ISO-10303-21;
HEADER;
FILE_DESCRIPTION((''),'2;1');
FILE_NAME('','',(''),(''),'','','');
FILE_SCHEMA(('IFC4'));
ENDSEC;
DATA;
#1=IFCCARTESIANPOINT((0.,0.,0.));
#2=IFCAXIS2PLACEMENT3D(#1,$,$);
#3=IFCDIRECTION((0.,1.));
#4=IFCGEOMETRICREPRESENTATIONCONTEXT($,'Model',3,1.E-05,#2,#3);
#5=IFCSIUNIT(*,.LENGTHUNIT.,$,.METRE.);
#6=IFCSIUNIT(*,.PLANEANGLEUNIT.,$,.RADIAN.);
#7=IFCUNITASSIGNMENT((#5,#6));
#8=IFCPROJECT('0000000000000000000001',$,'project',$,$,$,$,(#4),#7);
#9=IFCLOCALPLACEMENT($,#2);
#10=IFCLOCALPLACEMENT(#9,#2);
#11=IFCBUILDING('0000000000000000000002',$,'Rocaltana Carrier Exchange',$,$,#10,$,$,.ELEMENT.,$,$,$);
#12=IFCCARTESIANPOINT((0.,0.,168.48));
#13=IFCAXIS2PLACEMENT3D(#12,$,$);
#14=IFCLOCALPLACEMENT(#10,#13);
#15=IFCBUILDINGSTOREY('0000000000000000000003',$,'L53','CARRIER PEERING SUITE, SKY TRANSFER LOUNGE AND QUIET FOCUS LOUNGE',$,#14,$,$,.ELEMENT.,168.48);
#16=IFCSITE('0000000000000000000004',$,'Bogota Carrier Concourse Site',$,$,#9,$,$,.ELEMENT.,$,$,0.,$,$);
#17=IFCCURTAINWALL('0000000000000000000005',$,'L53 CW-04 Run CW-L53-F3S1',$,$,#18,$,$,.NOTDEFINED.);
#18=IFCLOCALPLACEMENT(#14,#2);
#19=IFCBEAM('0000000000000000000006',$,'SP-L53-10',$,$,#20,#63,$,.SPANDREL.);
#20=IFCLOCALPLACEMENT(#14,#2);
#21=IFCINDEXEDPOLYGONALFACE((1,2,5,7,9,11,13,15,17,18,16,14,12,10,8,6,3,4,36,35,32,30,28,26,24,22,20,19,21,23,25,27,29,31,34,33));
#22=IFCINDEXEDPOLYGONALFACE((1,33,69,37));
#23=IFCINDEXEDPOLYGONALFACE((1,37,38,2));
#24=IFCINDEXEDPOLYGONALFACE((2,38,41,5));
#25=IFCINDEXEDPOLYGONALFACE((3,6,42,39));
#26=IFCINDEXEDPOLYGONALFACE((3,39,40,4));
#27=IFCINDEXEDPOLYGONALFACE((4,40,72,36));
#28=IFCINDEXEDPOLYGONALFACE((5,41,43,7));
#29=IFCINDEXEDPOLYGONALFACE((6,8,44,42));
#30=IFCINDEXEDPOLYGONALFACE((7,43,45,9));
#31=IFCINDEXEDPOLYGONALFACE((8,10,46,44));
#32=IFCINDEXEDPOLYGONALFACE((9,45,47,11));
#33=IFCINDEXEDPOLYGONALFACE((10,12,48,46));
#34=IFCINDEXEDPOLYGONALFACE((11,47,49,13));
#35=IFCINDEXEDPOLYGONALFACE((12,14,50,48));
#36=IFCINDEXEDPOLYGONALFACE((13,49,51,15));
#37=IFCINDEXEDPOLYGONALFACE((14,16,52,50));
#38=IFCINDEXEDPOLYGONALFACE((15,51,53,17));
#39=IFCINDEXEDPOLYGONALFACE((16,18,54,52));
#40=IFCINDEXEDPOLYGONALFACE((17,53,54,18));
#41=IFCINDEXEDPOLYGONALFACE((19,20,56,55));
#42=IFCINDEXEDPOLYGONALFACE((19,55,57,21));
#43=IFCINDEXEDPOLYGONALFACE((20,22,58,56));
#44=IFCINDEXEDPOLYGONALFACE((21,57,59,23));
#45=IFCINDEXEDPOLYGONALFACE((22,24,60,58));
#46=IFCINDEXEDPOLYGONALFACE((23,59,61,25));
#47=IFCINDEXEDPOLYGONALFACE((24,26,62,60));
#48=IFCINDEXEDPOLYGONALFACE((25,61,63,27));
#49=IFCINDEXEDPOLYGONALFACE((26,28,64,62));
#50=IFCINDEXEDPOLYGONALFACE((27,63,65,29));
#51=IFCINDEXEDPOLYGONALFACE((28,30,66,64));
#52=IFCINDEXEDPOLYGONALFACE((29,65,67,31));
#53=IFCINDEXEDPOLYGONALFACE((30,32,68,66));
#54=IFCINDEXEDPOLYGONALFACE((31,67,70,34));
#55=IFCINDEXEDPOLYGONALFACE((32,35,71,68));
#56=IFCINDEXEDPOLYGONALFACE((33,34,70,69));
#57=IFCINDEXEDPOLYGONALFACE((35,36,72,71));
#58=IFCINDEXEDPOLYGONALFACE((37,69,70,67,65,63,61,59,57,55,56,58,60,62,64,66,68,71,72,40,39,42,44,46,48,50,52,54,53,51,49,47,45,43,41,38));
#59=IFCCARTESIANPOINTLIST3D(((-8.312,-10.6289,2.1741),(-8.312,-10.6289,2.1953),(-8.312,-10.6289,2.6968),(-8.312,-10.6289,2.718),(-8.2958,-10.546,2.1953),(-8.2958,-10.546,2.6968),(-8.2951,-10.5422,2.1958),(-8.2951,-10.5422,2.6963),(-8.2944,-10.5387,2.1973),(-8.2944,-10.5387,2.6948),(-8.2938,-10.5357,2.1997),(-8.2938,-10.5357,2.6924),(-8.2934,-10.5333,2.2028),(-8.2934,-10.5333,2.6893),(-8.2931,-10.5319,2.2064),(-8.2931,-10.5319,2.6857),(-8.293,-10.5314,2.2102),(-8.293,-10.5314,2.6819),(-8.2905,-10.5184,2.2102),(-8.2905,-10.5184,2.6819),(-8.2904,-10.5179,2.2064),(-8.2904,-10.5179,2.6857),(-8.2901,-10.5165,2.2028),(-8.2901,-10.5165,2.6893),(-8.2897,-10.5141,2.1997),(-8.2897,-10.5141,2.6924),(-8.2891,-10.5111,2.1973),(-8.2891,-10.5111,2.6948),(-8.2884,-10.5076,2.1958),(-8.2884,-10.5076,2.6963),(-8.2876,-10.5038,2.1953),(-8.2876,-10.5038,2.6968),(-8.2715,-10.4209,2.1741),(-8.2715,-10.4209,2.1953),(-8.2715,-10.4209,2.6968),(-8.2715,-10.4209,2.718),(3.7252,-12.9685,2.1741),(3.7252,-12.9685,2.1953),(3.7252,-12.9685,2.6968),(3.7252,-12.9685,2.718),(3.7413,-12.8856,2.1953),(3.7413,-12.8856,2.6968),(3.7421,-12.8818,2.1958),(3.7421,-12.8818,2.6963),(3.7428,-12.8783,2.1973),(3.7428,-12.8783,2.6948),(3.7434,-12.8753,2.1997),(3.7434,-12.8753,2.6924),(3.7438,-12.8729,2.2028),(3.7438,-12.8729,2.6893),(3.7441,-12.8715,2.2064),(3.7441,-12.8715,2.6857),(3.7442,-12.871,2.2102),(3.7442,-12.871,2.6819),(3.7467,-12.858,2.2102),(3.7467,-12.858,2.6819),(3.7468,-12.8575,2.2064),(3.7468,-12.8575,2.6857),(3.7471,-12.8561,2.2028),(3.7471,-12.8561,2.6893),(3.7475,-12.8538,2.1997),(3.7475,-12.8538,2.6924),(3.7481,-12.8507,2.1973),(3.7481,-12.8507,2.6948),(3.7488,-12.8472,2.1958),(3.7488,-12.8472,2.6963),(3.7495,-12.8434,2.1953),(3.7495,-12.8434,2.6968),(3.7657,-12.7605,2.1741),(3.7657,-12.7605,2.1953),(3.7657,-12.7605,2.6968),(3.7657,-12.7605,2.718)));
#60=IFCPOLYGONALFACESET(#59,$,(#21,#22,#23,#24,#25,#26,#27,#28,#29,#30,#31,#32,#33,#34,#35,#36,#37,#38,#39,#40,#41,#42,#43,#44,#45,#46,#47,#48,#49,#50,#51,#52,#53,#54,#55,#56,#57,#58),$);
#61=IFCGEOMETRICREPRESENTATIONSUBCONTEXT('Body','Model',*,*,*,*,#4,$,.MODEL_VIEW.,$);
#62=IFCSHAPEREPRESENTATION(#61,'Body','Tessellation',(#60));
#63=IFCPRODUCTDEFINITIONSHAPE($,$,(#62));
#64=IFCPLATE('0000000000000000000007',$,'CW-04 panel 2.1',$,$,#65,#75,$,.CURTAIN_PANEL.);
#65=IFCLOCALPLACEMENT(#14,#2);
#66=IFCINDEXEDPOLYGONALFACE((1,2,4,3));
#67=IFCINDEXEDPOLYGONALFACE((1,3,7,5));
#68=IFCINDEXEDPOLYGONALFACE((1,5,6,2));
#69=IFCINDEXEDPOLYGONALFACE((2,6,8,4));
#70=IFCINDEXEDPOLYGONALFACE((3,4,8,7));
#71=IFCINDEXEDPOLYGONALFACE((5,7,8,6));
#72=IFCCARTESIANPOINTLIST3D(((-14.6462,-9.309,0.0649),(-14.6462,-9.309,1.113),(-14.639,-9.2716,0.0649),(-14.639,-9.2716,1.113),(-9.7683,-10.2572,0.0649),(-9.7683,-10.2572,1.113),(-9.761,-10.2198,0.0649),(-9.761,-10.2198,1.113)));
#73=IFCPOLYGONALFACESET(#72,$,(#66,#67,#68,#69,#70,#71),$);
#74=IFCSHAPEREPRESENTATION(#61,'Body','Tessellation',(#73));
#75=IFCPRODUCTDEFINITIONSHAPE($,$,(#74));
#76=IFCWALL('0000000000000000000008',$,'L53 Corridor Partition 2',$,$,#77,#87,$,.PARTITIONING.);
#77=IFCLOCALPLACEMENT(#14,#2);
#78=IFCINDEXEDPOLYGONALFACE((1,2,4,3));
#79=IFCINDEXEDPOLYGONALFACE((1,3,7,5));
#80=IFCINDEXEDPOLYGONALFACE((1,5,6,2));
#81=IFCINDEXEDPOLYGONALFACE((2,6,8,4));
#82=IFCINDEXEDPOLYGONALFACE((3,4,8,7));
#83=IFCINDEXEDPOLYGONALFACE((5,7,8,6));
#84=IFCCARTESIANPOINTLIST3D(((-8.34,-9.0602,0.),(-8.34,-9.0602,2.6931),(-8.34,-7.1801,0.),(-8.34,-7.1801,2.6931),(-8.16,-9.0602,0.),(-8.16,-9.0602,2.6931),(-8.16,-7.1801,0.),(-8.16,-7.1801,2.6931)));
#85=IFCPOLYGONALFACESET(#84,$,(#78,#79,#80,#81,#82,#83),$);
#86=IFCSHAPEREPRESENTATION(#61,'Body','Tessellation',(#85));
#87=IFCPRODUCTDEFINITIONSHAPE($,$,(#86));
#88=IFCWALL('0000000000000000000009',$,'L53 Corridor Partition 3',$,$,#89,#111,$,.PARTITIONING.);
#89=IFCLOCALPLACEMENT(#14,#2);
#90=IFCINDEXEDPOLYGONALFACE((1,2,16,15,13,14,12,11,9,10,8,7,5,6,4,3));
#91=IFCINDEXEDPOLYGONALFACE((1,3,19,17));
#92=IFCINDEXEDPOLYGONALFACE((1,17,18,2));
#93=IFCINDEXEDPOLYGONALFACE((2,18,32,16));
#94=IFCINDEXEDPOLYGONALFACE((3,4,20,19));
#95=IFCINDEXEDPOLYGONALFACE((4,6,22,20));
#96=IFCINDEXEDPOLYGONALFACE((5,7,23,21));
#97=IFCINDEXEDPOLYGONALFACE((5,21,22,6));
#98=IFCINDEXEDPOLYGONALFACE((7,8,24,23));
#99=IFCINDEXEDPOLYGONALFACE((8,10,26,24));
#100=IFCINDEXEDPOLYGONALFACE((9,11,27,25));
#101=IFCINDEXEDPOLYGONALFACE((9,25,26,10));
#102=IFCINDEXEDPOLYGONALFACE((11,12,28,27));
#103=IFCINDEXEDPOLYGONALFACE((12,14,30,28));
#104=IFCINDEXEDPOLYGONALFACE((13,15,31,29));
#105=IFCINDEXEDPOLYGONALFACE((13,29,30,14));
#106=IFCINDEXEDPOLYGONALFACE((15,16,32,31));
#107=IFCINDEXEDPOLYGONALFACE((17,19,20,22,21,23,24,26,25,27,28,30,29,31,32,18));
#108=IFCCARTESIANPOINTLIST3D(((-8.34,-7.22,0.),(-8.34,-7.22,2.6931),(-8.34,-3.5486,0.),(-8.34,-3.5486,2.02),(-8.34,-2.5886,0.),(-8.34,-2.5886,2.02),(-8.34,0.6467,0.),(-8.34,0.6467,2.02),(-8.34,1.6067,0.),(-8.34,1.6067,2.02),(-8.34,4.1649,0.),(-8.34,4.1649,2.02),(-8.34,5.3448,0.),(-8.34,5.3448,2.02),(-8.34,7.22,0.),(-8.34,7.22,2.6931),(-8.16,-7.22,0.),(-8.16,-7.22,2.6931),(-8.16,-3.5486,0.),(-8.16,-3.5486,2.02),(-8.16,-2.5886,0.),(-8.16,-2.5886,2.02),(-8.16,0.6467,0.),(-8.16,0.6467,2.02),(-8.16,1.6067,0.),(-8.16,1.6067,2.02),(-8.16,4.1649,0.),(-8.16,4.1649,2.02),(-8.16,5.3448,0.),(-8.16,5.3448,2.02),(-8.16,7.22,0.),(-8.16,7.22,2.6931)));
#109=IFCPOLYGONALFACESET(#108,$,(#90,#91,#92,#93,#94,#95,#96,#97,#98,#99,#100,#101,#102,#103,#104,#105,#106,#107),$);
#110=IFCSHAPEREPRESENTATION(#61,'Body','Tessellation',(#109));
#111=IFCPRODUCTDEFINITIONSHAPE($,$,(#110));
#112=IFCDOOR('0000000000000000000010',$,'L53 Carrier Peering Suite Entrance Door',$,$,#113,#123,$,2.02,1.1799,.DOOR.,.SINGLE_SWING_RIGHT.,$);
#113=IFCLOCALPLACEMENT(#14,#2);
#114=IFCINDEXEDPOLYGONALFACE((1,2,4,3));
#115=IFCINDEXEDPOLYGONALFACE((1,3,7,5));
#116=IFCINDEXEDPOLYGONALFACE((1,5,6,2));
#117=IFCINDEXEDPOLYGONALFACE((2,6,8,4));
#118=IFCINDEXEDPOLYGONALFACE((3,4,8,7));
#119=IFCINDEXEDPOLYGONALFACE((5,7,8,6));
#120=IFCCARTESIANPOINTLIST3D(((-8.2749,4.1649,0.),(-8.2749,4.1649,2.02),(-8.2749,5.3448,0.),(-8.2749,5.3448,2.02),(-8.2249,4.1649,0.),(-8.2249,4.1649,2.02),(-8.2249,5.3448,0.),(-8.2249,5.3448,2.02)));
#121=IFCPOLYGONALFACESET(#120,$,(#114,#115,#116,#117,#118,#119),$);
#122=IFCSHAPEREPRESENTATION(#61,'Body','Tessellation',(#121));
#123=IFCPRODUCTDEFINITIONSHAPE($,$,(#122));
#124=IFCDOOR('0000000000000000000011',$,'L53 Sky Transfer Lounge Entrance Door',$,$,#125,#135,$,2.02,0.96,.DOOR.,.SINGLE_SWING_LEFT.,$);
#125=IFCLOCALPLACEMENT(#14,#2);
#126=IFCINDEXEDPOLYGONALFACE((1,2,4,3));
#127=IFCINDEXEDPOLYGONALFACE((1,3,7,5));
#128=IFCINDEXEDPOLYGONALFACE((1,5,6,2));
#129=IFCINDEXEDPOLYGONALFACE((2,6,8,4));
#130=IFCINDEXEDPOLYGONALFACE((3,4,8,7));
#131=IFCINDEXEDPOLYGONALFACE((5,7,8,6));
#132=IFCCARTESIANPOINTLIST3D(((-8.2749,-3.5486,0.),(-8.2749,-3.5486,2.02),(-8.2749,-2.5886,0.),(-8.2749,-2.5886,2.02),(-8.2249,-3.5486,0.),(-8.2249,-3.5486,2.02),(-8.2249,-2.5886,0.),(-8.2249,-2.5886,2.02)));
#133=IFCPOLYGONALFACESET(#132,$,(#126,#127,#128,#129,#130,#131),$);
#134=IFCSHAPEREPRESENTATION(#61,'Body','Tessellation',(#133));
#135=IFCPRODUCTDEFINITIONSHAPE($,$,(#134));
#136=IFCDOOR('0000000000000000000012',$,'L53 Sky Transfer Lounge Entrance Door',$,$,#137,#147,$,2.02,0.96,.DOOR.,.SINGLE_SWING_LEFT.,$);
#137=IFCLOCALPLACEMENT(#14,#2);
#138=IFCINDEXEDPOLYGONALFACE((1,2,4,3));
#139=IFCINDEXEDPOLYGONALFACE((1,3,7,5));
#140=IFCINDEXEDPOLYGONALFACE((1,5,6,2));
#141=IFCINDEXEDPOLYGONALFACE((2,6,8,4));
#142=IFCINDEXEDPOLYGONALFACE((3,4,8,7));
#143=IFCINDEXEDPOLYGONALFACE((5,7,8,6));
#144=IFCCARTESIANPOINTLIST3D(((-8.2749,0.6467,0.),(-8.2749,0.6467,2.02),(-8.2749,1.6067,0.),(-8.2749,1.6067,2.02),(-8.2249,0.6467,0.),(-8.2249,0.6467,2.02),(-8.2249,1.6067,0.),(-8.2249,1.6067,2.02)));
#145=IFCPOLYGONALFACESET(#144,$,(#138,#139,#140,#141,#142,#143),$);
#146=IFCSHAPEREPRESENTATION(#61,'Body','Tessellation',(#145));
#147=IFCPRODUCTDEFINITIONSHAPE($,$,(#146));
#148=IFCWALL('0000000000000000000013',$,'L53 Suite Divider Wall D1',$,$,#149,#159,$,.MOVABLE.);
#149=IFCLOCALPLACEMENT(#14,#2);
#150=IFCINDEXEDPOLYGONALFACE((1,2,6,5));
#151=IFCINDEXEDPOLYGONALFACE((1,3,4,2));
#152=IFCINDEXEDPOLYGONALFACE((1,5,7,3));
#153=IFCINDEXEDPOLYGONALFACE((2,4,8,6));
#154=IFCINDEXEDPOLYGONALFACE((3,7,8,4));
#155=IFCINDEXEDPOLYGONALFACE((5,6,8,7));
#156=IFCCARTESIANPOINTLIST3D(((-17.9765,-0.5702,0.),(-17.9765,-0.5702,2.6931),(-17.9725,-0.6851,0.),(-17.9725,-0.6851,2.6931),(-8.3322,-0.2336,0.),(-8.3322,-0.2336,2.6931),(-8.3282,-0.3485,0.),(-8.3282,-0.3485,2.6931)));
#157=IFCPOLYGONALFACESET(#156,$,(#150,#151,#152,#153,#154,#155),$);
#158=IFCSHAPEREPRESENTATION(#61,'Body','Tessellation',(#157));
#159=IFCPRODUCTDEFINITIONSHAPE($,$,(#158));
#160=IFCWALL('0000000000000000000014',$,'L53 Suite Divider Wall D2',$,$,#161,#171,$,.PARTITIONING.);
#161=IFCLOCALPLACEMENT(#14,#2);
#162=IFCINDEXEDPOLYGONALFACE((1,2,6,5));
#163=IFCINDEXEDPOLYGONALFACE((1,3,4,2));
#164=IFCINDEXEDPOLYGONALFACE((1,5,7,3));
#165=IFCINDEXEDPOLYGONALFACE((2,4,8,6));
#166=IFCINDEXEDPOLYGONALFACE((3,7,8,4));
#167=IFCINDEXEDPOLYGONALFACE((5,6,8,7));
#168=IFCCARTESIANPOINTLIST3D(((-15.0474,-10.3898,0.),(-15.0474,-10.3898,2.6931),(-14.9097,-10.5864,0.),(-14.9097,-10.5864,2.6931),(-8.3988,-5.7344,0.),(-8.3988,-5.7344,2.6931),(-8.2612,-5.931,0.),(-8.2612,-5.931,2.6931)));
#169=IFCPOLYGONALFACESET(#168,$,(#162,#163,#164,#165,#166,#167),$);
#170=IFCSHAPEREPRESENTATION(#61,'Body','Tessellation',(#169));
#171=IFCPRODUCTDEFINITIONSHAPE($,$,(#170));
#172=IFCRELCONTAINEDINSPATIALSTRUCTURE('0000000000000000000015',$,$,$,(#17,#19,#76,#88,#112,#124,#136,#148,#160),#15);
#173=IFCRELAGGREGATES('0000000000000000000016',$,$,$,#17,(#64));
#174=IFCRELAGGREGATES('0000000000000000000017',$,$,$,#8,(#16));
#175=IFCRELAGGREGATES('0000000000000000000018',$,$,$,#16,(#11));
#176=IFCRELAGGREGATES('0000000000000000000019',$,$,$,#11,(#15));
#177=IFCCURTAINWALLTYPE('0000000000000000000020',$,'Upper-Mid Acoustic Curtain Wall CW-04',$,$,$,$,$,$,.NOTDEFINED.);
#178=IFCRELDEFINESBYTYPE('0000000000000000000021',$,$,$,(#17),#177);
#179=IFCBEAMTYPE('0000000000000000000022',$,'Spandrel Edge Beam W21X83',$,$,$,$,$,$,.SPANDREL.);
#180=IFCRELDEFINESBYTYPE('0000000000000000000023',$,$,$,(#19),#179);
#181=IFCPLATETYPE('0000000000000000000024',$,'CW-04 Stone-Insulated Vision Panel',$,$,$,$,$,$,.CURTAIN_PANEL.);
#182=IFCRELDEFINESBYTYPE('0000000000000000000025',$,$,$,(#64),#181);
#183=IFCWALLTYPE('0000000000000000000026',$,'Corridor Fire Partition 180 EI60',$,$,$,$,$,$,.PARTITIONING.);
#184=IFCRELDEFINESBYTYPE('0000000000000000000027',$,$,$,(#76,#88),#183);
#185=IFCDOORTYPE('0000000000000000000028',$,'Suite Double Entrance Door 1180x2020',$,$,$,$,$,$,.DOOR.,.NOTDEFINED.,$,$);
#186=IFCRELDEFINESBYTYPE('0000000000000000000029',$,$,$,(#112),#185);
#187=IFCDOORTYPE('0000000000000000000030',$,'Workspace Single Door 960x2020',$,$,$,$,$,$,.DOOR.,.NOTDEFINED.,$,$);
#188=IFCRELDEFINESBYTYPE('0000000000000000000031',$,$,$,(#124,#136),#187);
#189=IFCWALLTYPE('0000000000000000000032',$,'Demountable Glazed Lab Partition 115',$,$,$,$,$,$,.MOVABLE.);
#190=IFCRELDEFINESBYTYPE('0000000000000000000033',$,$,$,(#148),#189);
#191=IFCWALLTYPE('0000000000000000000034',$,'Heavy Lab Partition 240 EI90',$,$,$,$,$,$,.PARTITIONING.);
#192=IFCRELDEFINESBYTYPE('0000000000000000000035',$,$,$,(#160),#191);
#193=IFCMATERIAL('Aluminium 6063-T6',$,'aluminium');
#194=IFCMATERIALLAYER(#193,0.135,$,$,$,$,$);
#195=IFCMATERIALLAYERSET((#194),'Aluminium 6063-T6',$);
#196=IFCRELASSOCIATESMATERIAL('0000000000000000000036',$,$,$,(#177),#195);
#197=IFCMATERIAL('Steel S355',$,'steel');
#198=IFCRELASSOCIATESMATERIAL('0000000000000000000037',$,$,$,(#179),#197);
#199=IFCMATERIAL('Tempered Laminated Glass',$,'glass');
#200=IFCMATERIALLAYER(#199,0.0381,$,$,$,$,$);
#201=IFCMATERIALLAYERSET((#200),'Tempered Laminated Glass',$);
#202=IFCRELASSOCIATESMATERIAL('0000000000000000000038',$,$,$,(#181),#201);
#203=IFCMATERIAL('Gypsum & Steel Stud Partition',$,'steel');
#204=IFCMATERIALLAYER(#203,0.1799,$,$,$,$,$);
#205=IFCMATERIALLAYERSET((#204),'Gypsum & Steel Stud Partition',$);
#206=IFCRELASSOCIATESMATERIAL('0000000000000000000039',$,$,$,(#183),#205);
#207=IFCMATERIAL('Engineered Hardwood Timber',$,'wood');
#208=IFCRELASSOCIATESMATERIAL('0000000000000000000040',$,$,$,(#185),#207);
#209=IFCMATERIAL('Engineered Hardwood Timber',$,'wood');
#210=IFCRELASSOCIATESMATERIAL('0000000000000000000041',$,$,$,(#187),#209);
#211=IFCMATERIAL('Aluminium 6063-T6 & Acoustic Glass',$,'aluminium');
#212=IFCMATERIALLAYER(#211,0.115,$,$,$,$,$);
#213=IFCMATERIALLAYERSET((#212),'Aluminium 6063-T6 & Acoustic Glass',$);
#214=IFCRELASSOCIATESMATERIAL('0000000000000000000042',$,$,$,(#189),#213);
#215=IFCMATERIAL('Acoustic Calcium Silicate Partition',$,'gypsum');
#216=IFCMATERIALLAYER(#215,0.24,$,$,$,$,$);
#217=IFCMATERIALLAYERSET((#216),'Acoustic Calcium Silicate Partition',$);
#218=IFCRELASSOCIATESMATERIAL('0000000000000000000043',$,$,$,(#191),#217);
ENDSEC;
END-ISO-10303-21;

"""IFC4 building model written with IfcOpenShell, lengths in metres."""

from ifc_helpers import new_model, si_unit, direction, frame, frame_2d, origin, origin_2d, place, context, subcontext, project, spatial, rectangle, i_section, extrude, material, layer, layer_set, material_profile, profile_set, type_object, element, fill, aggregate, save


model = new_model("IFC4")

# Units and contexts
model_context = context("Model", 3, precision=1e-05, world=origin(), true_north=direction((0.0, 1.0)))
body_context = subcontext(model_context, "Body", "Model", "MODEL_VIEW")
ifc_project = project(units=[si_unit("LENGTHUNIT", "METRE"), si_unit("PLANEANGLEUNIT", "RADIAN")], contexts=[model_context])

# Site, building, storey
site_placement = place(None, origin())
site = spatial("IfcSite", under=ifc_project, at=site_placement, Name="Bogota Carrier Concourse Site", CompositionType="ELEMENT", RefElevation=0.0)
building_placement = place(site_placement, origin())
building = spatial("IfcBuilding", under=site, at=building_placement, Name="Rocaltana Carrier Exchange", CompositionType="ELEMENT")
storey_placement = place(building_placement, frame((0.0, 0.0, 168.48)))
storey = spatial("IfcBuildingStorey", under=building, at=storey_placement, Name="L53", Description="CARRIER PEERING SUITE, SKY TRANSFER LOUNGE AND QUIET FOCUS LOUNGE", CompositionType="ELEMENT", Elevation=168.48)

# Curtain wall
ifc_material_1 = material(Name="Aluminium 6063-T6", Category="aluminium")
ifc_layer_1 = layer(ifc_material_1, 0.135)
ifc_layer_set_1 = layer_set([ifc_layer_1], Name="Aluminium 6063-T6")
curtain_wall_type = type_object("IfcCurtainWallType", Name="Upper-Mid Acoustic Curtain Wall CW-04", PredefinedType="NOTDEFINED", material=ifc_layer_set_1)
curtain_wall_placement = place(storey_placement, origin())
curtain_wall = element("IfcCurtainWall", 1, at=curtain_wall_placement, inside=storey, type_object=curtain_wall_type, Name="L53 CW-04 Run CW-L53-F3S1", PredefinedType="NOTDEFINED")

# Beam
ifc_material_2 = material(Name="Steel S355", Category="steel")
ifc_material_profile_1 = material_profile(ifc_material_2, i_section(OverallWidth=0.2119, OverallDepth=0.5439, WebThickness=0.0132, FlangeThickness=0.0212, FilletRadius=0.0149, at=origin_2d()), Name="W21X83")
ifc_profile_set_1 = profile_set([ifc_material_profile_1], Name="Steel S355")
beam_type_1 = type_object("IfcBeamType", Name="Spandrel Edge Beam W21X83", PredefinedType="SPANDREL", material=ifc_profile_set_1)
beam_1_placement = place(storey_placement, frame((-8.2917, -10.5249, 2.446), z_axis=(0.98163, -0.190795, 0.0), x_axis=(0.190795, 0.98163, 0.0)))
element("IfcBeam", 2, at=beam_1_placement, inside=storey, type_object=beam_type_1, Name="SP-L53-10", PredefinedType="SPANDREL", context=body_context, shape_type="SweptSolid", body=[
    extrude(i_section(OverallWidth=0.2119, OverallDepth=0.5439, WebThickness=0.0132, FlangeThickness=0.0212, FilletRadius=0.0149, at=origin_2d()), origin(), (0.0, 0.0, 1.0), 12.2625),
])

# Plate
ifc_material_3 = material(Name="Tempered Laminated Glass", Category="glass")
ifc_layer_2 = layer(ifc_material_3, 0.0381)
ifc_layer_set_2 = layer_set([ifc_layer_2], Name="Tempered Laminated Glass")
plate_type = type_object("IfcPlateType", Name="CW-04 Stone-Insulated Vision Panel", PredefinedType="CURTAIN_PANEL", material=ifc_layer_set_2)
plate_placement = place(storey_placement, frame((-12.2036, -9.7644, 0.0649), z_axis=(0.0, 0.0, 1.0), x_axis=(0.981628, -0.190803, 0.0)))
plate = element("IfcPlate", 3, at=plate_placement, type_object=plate_type, Name="CW-04 panel 2.1", PredefinedType="CURTAIN_PANEL", context=body_context, shape_type="SweptSolid", body=[
    extrude(rectangle(XDim=4.9692, YDim=0.0381, at=origin_2d()), origin(), (0.0, 0.0, 1.0), 1.0481),
])
aggregate(curtain_wall, [plate])

# Wall
ifc_material_4 = material(Name="Gypsum & Steel Stud Partition", Category="steel")
ifc_layer_3 = layer(ifc_material_4, 0.1799)
ifc_layer_set_3 = layer_set([ifc_layer_3], Name="Gypsum & Steel Stud Partition")
wall_type_1 = type_object("IfcWallType", Name="Corridor Fire Partition 180 EI60", PredefinedType="PARTITIONING", material=ifc_layer_set_3)
wall_1_placement = place(storey_placement, frame((-8.25, -9.0601, 0.0), z_axis=(0.0, 0.0, 1.0), x_axis=(0.0, 1.0, 0.0)))
element("IfcWall", 4, at=wall_1_placement, inside=storey, type_object=wall_type_1, Name="L53 Corridor Partition 2", PredefinedType="PARTITIONING", context=body_context, shape_type="SweptSolid", body=[
    extrude(rectangle(XDim=1.8801, YDim=0.1799, at=frame_2d((0.9399, 0.0))), origin(), (0.0, 0.0, 1.0), 2.6931),
])

# Wall, openings, doors
wall_2_placement = place(storey_placement, frame((-8.25, -7.22, 0.0), z_axis=(0.0, 0.0, 1.0), x_axis=(0.0, 1.0, 0.0)))
wall_2 = element("IfcWall", 5, at=wall_2_placement, inside=storey, type_object=wall_type_1, Name="L53 Corridor Partition 3", PredefinedType="PARTITIONING", context=body_context, shape_type="SweptSolid", body=[
    extrude(rectangle(XDim=14.4399, YDim=0.1799, at=frame_2d((7.22, 0.0))), origin(), (0.0, 0.0, 1.0), 2.6931),
])
opening_1_placement = place(wall_2_placement, frame((3.6714, 0.0, 0.0)))
opening_1 = element("IfcOpeningElement", 6, at=opening_1_placement, cuts=wall_2, PredefinedType="OPENING", context=body_context, shape_type="SweptSolid", body=[
    extrude(rectangle(XDim=0.96, YDim=2.02, at=frame_2d((0.48, 1.01))), frame((0.0, 0.0999, 0.0), z_axis=(0.0, -1.0, 0.0), x_axis=(1.0, 0.0, 0.0)), (0.0, 0.0, 1.0), 0.2),
])
opening_2_placement = place(wall_2_placement, frame((11.385, 0.0, 0.0)))
opening_2 = element("IfcOpeningElement", 7, at=opening_2_placement, cuts=wall_2, PredefinedType="OPENING", context=body_context, shape_type="SweptSolid", body=[
    extrude(rectangle(XDim=1.1799, YDim=2.02, at=frame_2d((0.5898, 1.01))), frame((0.0, 0.0999, 0.0), z_axis=(0.0, -1.0, 0.0), x_axis=(1.0, 0.0, 0.0)), (0.0, 0.0, 1.0), 0.2),
])
opening_3_placement = place(wall_2_placement, frame((7.8667, 0.0, 0.0)))
opening_3 = element("IfcOpeningElement", 8, at=opening_3_placement, cuts=wall_2, PredefinedType="OPENING", context=body_context, shape_type="SweptSolid", body=[
    extrude(rectangle(XDim=0.96, YDim=2.02, at=frame_2d((0.48, 1.01))), frame((0.0, 0.0999, 0.0), z_axis=(0.0, -1.0, 0.0), x_axis=(1.0, 0.0, 0.0)), (0.0, 0.0, 1.0), 0.2),
])
ifc_material_5 = material(Name="Engineered Hardwood Timber", Category="wood")
door_type_1 = type_object("IfcDoorType", Name="Suite Double Entrance Door 1180x2020", OperationType="NOTDEFINED", PredefinedType="DOOR", material=ifc_material_5)
door_1_placement = place(opening_2_placement, origin())
door_1 = element("IfcDoor", 9, at=door_1_placement, inside=storey, type_object=door_type_1, Name="L53 Carrier Peering Suite Entrance Door", OperationType="SINGLE_SWING_RIGHT", OverallHeight=2.02, OverallWidth=1.1799, PredefinedType="DOOR", context=body_context, shape_type="SweptSolid", body=[
    extrude(rectangle(XDim=1.1799, YDim=2.02, at=frame_2d((0.5898, 1.01))), frame((0.0, 0.0249, 0.0), z_axis=(0.0, -1.0, 0.0), x_axis=(1.0, 0.0, 0.0)), (0.0, 0.0, 1.0), 0.05),
])
fill(opening_2, door_1)
ifc_material_6 = material(Name="Engineered Hardwood Timber", Category="wood")
door_type_2 = type_object("IfcDoorType", Name="Workspace Single Door 960x2020", OperationType="NOTDEFINED", PredefinedType="DOOR", material=ifc_material_6)
door_2_placement = place(opening_1_placement, origin())
door_2 = element("IfcDoor", 10, at=door_2_placement, inside=storey, type_object=door_type_2, Name="L53 Sky Transfer Lounge Entrance Door", OperationType="SINGLE_SWING_LEFT", OverallHeight=2.02, OverallWidth=0.96, PredefinedType="DOOR", context=body_context, shape_type="SweptSolid", body=[
    extrude(rectangle(XDim=0.96, YDim=2.02, at=frame_2d((0.48, 1.01))), frame((0.0, 0.0249, 0.0), z_axis=(0.0, -1.0, 0.0), x_axis=(1.0, 0.0, 0.0)), (0.0, 0.0, 1.0), 0.05),
])
fill(opening_1, door_2)
door_3_placement = place(opening_3_placement, origin())
door_3 = element("IfcDoor", 11, at=door_3_placement, inside=storey, type_object=door_type_2, Name="L53 Sky Transfer Lounge Entrance Door", OperationType="SINGLE_SWING_LEFT", OverallHeight=2.02, OverallWidth=0.96, PredefinedType="DOOR", context=body_context, shape_type="SweptSolid", body=[
    extrude(rectangle(XDim=0.96, YDim=2.02, at=frame_2d((0.48, 1.01))), frame((0.0, 0.0249, 0.0), z_axis=(0.0, -1.0, 0.0), x_axis=(1.0, 0.0, 0.0)), (0.0, 0.0, 1.0), 0.05),
])
fill(opening_3, door_3)

# Walls
ifc_material_7 = material(Name="Aluminium 6063-T6 & Acoustic Glass", Category="aluminium")
ifc_layer_4 = layer(ifc_material_7, 0.115)
ifc_layer_set_4 = layer_set([ifc_layer_4], Name="Aluminium 6063-T6 & Acoustic Glass")
wall_type_2 = type_object("IfcWallType", Name="Demountable Glazed Lab Partition 115", PredefinedType="MOVABLE", material=ifc_layer_set_4)
wall_3_placement = place(storey_placement, frame((-8.3301, -0.291, 0.0), z_axis=(0.0, 0.0, 1.0), x_axis=(-0.999391, -0.034887, 0.0)))
element("IfcWall", 12, at=wall_3_placement, inside=storey, type_object=wall_type_2, Name="L53 Suite Divider Wall D1", PredefinedType="MOVABLE", context=body_context, shape_type="SweptSolid", body=[
    extrude(rectangle(XDim=9.6501, YDim=0.115, at=frame_2d((4.8252, 0.0))), origin(), (0.0, 0.0, 1.0), 2.6931),
])
ifc_material_8 = material(Name="Acoustic Calcium Silicate Partition", Category="gypsum")
ifc_layer_5 = layer(ifc_material_8, 0.24)
ifc_layer_set_5 = layer_set([ifc_layer_5], Name="Acoustic Calcium Silicate Partition")
wall_type_3 = type_object("IfcWallType", Name="Heavy Lab Partition 240 EI90", PredefinedType="PARTITIONING", material=ifc_layer_set_5)
wall_4_placement = place(storey_placement, frame((-8.3301, -5.8328, 0.0), z_axis=(0.0, 0.0, 1.0), x_axis=(-0.819149, -0.573581, 0.0)))
element("IfcWall", 13, at=wall_4_placement, inside=storey, type_object=wall_type_3, Name="L53 Suite Divider Wall D2", PredefinedType="PARTITIONING", context=body_context, shape_type="SweptSolid", body=[
    extrude(rectangle(XDim=8.1165, YDim=0.24, at=frame_2d((4.0581, 0.0))), origin(), (0.0, 0.0, 1.0), 2.6931),
])

save(model, "model.ifc")
